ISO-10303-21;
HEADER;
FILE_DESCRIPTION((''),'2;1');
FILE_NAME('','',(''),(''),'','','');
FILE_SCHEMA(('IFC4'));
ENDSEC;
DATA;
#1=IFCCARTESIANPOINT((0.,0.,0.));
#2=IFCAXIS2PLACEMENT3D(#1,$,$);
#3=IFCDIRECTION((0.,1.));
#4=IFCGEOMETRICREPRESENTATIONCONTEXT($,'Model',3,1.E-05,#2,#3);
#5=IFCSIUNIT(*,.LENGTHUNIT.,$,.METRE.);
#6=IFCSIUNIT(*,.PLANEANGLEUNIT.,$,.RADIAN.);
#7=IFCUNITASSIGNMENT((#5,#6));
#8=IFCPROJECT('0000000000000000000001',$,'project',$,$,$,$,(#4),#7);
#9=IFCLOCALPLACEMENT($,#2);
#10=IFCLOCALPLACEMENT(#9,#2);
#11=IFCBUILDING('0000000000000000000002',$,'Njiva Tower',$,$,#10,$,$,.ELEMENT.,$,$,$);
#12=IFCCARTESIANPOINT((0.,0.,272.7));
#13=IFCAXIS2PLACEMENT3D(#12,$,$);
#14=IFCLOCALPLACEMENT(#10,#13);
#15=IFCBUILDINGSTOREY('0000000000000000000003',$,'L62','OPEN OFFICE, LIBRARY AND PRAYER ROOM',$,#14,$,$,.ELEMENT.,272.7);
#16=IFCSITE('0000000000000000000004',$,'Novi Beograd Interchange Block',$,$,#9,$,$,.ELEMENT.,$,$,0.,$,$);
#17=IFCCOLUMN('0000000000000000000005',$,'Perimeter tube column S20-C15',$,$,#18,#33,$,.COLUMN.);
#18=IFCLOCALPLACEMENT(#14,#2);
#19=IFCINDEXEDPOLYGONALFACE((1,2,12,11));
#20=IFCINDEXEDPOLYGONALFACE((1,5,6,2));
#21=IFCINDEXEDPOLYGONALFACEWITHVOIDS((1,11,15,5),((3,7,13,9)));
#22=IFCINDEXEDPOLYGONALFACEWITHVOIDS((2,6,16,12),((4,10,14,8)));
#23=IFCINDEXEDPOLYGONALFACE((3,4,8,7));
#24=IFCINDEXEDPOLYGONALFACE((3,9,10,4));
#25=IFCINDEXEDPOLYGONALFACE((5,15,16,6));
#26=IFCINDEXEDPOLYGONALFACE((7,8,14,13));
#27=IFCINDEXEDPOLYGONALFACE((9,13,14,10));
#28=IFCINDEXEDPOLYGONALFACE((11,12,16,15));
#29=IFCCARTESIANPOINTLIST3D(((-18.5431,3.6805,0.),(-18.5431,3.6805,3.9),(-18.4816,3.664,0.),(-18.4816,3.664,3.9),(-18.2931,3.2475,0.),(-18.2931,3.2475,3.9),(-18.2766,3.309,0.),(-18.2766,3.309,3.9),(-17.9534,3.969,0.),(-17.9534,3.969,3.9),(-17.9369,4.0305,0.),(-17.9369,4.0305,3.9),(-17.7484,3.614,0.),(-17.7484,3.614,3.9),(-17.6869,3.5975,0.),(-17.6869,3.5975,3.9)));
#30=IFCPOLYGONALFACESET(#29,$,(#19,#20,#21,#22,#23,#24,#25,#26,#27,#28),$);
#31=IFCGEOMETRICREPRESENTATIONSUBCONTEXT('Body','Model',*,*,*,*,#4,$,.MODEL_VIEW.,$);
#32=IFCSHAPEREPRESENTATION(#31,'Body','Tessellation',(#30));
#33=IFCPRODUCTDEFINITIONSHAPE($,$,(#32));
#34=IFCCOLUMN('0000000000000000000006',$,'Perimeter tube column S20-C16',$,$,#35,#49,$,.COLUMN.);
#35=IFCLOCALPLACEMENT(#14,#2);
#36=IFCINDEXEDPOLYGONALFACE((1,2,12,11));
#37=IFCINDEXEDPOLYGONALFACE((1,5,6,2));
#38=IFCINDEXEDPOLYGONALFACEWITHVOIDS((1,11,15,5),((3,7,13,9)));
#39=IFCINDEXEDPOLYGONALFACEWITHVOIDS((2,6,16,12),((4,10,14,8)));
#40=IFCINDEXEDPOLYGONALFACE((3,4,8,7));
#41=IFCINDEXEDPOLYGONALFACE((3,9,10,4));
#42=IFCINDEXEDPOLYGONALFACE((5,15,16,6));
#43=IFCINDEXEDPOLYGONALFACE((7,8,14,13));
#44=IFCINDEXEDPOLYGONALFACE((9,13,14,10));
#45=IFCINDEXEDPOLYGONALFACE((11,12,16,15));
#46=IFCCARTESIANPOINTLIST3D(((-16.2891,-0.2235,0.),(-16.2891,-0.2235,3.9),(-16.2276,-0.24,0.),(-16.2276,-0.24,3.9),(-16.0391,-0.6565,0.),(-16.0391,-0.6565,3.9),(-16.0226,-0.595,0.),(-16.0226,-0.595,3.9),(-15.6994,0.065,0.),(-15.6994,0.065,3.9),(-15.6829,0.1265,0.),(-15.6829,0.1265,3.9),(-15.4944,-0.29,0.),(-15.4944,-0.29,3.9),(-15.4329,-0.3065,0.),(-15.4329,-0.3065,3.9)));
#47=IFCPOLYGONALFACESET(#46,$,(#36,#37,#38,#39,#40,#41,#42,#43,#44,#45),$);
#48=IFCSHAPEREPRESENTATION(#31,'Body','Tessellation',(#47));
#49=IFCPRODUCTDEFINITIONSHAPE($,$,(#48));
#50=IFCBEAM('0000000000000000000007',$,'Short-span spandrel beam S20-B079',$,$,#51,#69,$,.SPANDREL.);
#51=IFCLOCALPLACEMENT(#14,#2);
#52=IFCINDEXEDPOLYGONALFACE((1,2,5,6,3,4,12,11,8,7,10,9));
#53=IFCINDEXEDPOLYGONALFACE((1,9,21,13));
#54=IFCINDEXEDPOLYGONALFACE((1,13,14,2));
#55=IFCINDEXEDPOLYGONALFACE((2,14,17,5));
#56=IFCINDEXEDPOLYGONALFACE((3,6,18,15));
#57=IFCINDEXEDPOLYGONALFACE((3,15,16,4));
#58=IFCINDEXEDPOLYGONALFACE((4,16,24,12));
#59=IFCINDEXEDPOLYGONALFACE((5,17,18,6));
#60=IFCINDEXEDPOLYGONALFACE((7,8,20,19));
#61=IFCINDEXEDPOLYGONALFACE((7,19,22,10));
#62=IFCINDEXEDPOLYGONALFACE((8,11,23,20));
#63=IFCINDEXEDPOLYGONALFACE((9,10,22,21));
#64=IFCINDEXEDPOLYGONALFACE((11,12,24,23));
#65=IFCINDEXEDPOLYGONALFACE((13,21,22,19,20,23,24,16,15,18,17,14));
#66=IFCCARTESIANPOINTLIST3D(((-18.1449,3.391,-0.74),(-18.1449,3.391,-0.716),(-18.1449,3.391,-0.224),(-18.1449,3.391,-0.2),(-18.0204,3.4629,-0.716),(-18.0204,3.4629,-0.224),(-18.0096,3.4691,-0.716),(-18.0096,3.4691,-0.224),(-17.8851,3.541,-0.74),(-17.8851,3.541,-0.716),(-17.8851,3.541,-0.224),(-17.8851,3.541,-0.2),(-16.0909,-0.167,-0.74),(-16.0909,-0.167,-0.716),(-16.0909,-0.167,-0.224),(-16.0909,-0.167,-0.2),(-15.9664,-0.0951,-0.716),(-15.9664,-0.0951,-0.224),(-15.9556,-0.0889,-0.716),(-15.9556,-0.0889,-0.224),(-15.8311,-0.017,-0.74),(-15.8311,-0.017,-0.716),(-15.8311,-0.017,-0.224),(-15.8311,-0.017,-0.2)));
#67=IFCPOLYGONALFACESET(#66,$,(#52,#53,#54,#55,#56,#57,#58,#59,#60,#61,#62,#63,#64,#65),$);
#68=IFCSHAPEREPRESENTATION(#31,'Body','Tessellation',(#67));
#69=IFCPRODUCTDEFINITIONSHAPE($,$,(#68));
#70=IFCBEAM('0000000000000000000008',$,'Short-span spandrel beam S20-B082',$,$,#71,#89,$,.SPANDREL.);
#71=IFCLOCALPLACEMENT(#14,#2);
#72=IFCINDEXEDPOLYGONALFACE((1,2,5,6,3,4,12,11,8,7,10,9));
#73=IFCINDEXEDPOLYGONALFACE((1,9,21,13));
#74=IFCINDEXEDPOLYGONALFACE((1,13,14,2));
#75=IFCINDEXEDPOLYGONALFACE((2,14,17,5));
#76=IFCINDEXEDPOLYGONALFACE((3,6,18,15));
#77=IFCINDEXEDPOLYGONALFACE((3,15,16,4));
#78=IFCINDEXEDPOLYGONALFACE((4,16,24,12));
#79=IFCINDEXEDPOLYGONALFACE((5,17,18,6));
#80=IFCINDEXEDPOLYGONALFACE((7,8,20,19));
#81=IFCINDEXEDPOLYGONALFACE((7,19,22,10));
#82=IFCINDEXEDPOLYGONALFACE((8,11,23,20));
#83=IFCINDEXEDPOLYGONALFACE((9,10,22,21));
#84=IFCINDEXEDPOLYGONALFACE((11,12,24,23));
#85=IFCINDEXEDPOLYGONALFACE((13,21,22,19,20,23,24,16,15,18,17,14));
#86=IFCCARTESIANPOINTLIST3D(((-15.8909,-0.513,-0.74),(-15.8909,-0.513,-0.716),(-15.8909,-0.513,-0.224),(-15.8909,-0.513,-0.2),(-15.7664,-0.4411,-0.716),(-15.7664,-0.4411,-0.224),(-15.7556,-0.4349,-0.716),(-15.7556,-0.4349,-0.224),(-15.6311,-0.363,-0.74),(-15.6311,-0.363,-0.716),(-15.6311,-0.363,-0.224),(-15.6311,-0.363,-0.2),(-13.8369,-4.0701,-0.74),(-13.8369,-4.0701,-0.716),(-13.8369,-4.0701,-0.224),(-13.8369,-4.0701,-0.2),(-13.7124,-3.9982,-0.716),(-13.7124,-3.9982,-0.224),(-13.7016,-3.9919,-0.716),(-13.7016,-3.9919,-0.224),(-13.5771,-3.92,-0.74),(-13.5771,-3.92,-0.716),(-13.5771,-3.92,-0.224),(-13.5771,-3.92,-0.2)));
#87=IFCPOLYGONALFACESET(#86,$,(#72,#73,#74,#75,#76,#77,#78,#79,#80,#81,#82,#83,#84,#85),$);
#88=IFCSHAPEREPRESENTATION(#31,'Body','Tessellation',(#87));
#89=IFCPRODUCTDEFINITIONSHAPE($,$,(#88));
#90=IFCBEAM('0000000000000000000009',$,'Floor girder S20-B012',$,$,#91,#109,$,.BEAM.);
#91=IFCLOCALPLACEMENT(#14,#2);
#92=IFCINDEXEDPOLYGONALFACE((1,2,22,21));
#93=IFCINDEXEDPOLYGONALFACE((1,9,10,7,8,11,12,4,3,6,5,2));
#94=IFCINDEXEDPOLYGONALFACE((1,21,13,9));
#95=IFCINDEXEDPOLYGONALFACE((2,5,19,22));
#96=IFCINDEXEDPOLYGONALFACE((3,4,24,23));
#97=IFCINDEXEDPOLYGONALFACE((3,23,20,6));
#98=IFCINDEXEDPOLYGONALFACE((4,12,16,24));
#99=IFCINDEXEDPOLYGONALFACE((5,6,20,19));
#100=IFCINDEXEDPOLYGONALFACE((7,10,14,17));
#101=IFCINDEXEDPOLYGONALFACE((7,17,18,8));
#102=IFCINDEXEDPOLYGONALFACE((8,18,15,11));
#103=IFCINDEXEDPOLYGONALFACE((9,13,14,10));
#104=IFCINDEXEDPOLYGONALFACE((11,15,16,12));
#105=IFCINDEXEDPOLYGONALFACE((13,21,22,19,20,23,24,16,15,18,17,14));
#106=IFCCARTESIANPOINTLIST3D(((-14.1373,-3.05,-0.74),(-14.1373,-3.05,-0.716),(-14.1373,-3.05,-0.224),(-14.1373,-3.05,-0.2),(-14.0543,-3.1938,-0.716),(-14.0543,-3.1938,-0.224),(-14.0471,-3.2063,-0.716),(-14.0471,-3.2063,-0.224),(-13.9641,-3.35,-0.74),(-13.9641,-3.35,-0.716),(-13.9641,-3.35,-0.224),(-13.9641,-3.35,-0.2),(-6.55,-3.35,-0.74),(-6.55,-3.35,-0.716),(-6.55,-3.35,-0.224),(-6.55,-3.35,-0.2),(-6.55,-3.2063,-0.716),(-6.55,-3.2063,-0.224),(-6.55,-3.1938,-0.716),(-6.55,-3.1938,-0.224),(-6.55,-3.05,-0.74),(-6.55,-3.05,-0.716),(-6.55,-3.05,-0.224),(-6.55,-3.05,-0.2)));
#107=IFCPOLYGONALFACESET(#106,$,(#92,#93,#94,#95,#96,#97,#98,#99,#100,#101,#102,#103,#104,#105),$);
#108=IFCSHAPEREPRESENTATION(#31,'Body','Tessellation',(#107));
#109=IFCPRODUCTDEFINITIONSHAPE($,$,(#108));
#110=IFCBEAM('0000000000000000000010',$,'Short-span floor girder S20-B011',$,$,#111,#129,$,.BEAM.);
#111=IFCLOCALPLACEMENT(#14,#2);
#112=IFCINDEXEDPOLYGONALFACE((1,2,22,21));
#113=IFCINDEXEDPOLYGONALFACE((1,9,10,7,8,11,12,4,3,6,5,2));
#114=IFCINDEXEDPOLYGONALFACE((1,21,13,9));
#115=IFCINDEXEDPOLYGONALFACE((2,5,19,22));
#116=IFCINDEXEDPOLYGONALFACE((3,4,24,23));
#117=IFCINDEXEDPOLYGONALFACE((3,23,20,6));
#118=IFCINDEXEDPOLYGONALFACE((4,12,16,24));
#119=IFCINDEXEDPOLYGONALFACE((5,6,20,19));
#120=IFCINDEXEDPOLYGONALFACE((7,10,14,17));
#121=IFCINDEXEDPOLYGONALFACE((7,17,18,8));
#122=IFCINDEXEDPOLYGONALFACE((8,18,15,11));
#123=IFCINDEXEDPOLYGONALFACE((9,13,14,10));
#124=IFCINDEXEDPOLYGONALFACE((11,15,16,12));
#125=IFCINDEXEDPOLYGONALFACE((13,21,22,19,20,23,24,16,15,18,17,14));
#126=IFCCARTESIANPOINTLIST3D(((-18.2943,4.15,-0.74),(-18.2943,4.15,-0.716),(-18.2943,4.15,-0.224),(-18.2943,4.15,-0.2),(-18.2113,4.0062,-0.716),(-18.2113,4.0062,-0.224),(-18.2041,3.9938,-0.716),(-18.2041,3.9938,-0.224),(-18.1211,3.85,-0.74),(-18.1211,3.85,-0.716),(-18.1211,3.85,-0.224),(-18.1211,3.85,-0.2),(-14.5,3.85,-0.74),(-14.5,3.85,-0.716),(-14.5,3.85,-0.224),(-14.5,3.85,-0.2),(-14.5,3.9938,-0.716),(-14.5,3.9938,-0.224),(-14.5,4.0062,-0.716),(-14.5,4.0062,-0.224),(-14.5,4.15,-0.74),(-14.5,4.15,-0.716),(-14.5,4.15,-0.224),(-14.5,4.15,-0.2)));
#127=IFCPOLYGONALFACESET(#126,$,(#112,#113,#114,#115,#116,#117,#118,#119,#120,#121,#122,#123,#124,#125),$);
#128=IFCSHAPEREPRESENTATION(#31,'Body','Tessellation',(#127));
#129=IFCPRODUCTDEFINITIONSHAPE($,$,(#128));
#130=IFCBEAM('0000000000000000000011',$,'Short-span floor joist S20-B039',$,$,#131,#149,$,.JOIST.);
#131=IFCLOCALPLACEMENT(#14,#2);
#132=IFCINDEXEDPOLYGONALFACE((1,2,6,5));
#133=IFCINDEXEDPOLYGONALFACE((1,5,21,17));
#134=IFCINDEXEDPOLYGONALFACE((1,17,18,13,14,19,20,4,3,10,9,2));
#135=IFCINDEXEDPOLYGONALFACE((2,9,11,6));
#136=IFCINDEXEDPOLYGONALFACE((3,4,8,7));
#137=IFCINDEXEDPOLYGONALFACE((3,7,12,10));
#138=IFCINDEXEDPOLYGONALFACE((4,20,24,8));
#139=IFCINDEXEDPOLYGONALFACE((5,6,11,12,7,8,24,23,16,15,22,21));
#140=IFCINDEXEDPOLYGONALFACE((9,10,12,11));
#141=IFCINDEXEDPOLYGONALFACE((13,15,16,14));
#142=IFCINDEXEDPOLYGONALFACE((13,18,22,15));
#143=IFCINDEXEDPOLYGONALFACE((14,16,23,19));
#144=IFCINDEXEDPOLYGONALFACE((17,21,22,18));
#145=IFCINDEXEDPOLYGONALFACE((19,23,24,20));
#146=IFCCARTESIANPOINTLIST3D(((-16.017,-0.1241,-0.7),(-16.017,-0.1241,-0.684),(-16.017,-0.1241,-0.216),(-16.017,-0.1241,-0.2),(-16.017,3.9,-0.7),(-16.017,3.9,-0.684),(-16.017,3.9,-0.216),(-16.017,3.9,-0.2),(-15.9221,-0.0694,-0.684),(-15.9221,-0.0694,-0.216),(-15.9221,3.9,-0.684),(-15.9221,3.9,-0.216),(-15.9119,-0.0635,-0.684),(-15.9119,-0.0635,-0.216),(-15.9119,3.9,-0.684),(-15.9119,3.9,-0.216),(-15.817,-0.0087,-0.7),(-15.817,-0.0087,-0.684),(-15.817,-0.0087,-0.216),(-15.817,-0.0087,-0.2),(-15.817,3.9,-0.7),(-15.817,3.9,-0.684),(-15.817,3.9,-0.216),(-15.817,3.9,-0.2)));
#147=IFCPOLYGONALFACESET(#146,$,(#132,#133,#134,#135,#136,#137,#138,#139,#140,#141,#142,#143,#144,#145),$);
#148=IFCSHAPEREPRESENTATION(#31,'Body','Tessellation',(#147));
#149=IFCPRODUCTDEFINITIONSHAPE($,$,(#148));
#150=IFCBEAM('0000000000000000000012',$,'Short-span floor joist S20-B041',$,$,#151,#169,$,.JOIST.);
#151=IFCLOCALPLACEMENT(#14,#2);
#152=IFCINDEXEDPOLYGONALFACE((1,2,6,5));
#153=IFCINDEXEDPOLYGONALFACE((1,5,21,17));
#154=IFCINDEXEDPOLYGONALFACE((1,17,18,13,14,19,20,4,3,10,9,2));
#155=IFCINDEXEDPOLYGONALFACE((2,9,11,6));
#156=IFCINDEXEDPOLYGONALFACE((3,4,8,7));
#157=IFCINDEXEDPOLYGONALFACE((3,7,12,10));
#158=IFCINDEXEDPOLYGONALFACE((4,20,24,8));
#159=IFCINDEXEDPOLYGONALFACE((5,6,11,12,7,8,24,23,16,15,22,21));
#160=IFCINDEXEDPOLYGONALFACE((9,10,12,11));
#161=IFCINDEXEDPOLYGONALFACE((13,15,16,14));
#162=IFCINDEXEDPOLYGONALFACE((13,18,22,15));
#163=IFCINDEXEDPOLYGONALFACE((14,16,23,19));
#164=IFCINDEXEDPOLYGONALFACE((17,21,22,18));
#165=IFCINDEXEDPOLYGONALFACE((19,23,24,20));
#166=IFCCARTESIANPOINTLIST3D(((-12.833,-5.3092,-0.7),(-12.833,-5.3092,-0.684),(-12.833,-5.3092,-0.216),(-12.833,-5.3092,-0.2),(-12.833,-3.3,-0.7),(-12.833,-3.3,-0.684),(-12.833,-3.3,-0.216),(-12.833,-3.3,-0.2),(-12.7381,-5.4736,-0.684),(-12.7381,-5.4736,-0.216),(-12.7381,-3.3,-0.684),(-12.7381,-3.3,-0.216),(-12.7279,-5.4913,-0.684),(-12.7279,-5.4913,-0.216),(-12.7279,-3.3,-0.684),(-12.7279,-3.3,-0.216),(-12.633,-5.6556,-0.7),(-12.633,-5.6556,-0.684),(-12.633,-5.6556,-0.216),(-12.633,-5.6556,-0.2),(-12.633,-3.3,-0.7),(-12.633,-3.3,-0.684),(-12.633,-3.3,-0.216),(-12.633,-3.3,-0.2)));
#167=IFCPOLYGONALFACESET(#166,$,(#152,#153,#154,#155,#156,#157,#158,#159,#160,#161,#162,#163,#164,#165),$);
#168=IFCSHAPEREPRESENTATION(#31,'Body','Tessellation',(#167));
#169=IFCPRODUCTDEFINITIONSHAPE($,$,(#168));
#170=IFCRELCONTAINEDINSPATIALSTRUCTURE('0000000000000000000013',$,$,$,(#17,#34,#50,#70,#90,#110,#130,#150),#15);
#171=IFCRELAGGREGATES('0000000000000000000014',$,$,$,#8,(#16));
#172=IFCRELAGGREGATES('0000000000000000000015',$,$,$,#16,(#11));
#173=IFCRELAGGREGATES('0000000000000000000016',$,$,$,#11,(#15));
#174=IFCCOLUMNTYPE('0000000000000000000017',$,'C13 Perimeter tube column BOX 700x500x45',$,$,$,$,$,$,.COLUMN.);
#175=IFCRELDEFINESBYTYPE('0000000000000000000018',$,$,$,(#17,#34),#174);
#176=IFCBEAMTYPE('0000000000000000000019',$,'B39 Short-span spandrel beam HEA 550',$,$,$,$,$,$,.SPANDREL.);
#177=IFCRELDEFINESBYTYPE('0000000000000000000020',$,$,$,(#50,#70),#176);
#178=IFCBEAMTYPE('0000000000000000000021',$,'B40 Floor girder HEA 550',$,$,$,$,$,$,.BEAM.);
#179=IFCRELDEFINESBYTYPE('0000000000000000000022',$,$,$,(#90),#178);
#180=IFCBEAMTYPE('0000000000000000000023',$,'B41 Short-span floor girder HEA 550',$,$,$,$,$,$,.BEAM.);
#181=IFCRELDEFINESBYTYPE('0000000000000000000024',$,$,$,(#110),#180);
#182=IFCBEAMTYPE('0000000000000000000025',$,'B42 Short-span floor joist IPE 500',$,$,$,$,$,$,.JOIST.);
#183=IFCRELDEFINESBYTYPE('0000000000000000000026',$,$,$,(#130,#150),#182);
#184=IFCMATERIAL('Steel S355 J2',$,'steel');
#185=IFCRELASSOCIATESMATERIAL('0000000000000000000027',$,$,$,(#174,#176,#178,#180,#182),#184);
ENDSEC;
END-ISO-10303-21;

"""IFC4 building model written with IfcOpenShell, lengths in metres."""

from ifc_helpers import new_model, si_unit, direction, frame, origin, origin_2d, place, context, subcontext, project, spatial, hollow_rectangle, i_section, extrude, clip, halfspace, material, material_profile, profile_set, type_object, element, save


model = new_model("IFC4")

# Units and contexts
model_context = context("Model", 3, precision=1e-05, world=origin(), true_north=direction((0.0, 1.0)))
body_context = subcontext(model_context, "Body", "Model", "MODEL_VIEW")
ifc_project = project(units=[si_unit("LENGTHUNIT", "METRE"), si_unit("PLANEANGLEUNIT", "RADIAN")], contexts=[model_context])

# Site, building, storey
site_placement = place(None, origin())
site = spatial("IfcSite", under=ifc_project, at=site_placement, Name="Novi Beograd Interchange Block", CompositionType="ELEMENT", RefElevation=0.0)
building_placement = place(site_placement, origin())
building = spatial("IfcBuilding", under=site, at=building_placement, Name="Njiva Tower", CompositionType="ELEMENT")
storey_placement = place(building_placement, frame((0.0, 0.0, 272.7)))
storey = spatial("IfcBuildingStorey", under=building, at=storey_placement, Name="L62", Description="OPEN OFFICE, LIBRARY AND PRAYER ROOM", CompositionType="ELEMENT", Elevation=272.7)

# Columns
ifc_material_1 = material(Name="Steel S355 J2", Category="steel")
ifc_material_profile_1 = material_profile(ifc_material_1, hollow_rectangle(XDim=0.5, YDim=0.7, WallThickness=0.045, at=origin_2d()), Name="BOX 700x500x45")
ifc_profile_set_1 = profile_set([ifc_material_profile_1], Name="Steel S355 J2")
column_type = type_object("IfcColumnType", Name="C13 Perimeter tube column BOX 700x500x45", PredefinedType="COLUMN", material=ifc_profile_set_1)
for number, where, z_axis, x_axis, name in (
    (1, (-18.115, 3.639, 0.0), (0.0, 0.0, 1.0), (0.5, -0.866025, 0.0), "Perimeter tube column S20-C15"),
    (2, (-15.861, -0.265, 0.0), (0.0, 0.0, 1.0), (0.5, -0.866025, 0.0), "Perimeter tube column S20-C16"),
):
    element("IfcColumn", number, at=place(storey_placement, frame(where, z_axis=z_axis, x_axis=x_axis)), inside=storey, type_object=column_type, Name=name, PredefinedType="COLUMN", context=body_context, shape_type="SweptSolid", body=[
        extrude(hollow_rectangle(XDim=0.5, YDim=0.7, WallThickness=0.045, at=origin_2d()), origin(), (0.0, 0.0, 1.0), 3.9),
    ])

# Beams
ifc_material_profile_2 = material_profile(ifc_material_1, i_section(OverallWidth=0.3, OverallDepth=0.54, WebThickness=0.0125, FlangeThickness=0.024, at=origin_2d()), Name="HEA 550")
ifc_profile_set_2 = profile_set([ifc_material_profile_2], Name="Steel S355 J2")
beam_type_1 = type_object("IfcBeamType", Name="B39 Short-span spandrel beam HEA 550", PredefinedType="SPANDREL", material=ifc_profile_set_2)
beam_1_placement = place(storey_placement, frame((-18.015, 3.466, -0.47), z_axis=(0.499961, -0.866048, 0.0), x_axis=(0.866048, 0.499961, 0.0)))
element("IfcBeam", 3, at=beam_1_placement, inside=storey, type_object=beam_type_1, Name="Short-span spandrel beam S20-B079", PredefinedType="SPANDREL", context=body_context, shape_type="SweptSolid", body=[
    extrude(i_section(OverallWidth=0.3, OverallDepth=0.54, WebThickness=0.0125, FlangeThickness=0.024, at=origin_2d()), origin(), (0.0, 0.0, 1.0), 4.1083),
])
beam_2_placement = place(storey_placement, frame((-15.761, -0.438, -0.47), z_axis=(0.500067, -0.865987, 0.0), x_axis=(0.865987, 0.500067, 0.0)))
element("IfcBeam", 4, at=beam_2_placement, inside=storey, type_object=beam_type_1, Name="Short-span spandrel beam S20-B082", PredefinedType="SPANDREL", context=body_context, shape_type="SweptSolid", body=[
    extrude(i_section(OverallWidth=0.3, OverallDepth=0.54, WebThickness=0.0125, FlangeThickness=0.024, at=origin_2d()), origin(), (0.0, 0.0, 1.0), 4.1075),
])
ifc_material_profile_3 = material_profile(ifc_material_1, i_section(OverallWidth=0.3, OverallDepth=0.54, WebThickness=0.0125, FlangeThickness=0.024, at=origin_2d()), Name="HEA 550")
ifc_profile_set_3 = profile_set([ifc_material_profile_3], Name="Steel S355 J2")
beam_type_2 = type_object("IfcBeamType", Name="B40 Floor girder HEA 550", PredefinedType="BEAM", material=ifc_profile_set_3)
beam_3_placement = place(storey_placement, frame((-14.158, -3.2, -0.47), z_axis=(1.0, 0.0, 0.0), x_axis=(0.0, 1.0, 0.0)))
element("IfcBeam", 5, at=beam_3_placement, inside=storey, type_object=beam_type_2, Name="Floor girder S20-B012", PredefinedType="BEAM", context=body_context, shape_type="Clipping", body=[
    clip(extrude(i_section(OverallWidth=0.3, OverallDepth=0.54, WebThickness=0.0125, FlangeThickness=0.024, at=origin_2d()), origin(), (0.0, 0.0, 1.0), 7.608), halfspace(frame((-0.025, 0.0, 0.1217), z_axis=(-0.499998, 0.0, -0.866027), x_axis=(0.0, -1.0, 0.0)), False)),
])
ifc_material_profile_4 = material_profile(ifc_material_1, i_section(OverallWidth=0.3, OverallDepth=0.54, WebThickness=0.0125, FlangeThickness=0.024, at=origin_2d()), Name="HEA 550")
ifc_profile_set_4 = profile_set([ifc_material_profile_4], Name="Steel S355 J2")
beam_type_3 = type_object("IfcBeamType", Name="B41 Short-span floor girder HEA 550", PredefinedType="BEAM", material=ifc_profile_set_4)
beam_4_placement = place(storey_placement, frame((-18.315, 4.0, -0.47), z_axis=(1.0, 0.0, 0.0), x_axis=(0.0, 1.0, 0.0)))
element("IfcBeam", 6, at=beam_4_placement, inside=storey, type_object=beam_type_3, Name="Short-span floor girder S20-B011", PredefinedType="BEAM", context=body_context, shape_type="Clipping", body=[
    clip(extrude(i_section(OverallWidth=0.3, OverallDepth=0.54, WebThickness=0.0125, FlangeThickness=0.024, at=origin_2d()), origin(), (0.0, 0.0, 1.0), 3.815), halfspace(frame((-0.025, 0.0, 0.1217), z_axis=(-0.499998, 0.0, -0.866027), x_axis=(0.0, -1.0, 0.0)), False)),
])
ifc_material_profile_5 = material_profile(ifc_material_1, i_section(OverallWidth=0.2, OverallDepth=0.5, WebThickness=0.0102, FlangeThickness=0.016, at=origin_2d()), Name="IPE 500")
ifc_profile_set_5 = profile_set([ifc_material_profile_5], Name="Steel S355 J2")
beam_type_4 = type_object("IfcBeamType", Name="B42 Short-span floor joist IPE 500", PredefinedType="JOIST", material=ifc_profile_set_5)
beam_5_placement = place(storey_placement, frame((-15.917, 3.9, -0.45), z_axis=(0.0, -1.0, 0.0), x_axis=(1.0, 0.0, 0.0)))
element("IfcBeam", 7, at=beam_5_placement, inside=storey, type_object=beam_type_4, Name="Short-span floor joist S20-B039", PredefinedType="JOIST", context=body_context, shape_type="Clipping", body=[
    clip(extrude(i_section(OverallWidth=0.2, OverallDepth=0.5, WebThickness=0.0102, FlangeThickness=0.016, at=origin_2d()), origin(), (0.0, 0.0, 1.0), 4.044), halfspace(frame((0.0253, 0.0, 3.9518), z_axis=(0.499998, 0.0, 0.866027), x_axis=(0.0, 1.0, 0.0)), False)),
])
beam_6_placement = place(storey_placement, frame((-12.733, -3.3, -0.45), z_axis=(0.0, -1.0, 0.0), x_axis=(1.0, 0.0, 0.0)))
element("IfcBeam", 8, at=beam_6_placement, inside=storey, type_object=beam_type_4, Name="Short-span floor joist S20-B041", PredefinedType="JOIST", context=body_context, shape_type="Clipping", body=[
    clip(extrude(i_section(OverallWidth=0.2, OverallDepth=0.5, WebThickness=0.0102, FlangeThickness=0.016, at=origin_2d()), origin(), (0.0, 0.0, 1.0), 2.375), halfspace(frame((-0.0436, 0.0, 2.1069), z_axis=(-0.866027, 0.0, 0.499998), x_axis=(0.0, 1.0, 0.0)), False)),
])

save(model, "model.ifc")
